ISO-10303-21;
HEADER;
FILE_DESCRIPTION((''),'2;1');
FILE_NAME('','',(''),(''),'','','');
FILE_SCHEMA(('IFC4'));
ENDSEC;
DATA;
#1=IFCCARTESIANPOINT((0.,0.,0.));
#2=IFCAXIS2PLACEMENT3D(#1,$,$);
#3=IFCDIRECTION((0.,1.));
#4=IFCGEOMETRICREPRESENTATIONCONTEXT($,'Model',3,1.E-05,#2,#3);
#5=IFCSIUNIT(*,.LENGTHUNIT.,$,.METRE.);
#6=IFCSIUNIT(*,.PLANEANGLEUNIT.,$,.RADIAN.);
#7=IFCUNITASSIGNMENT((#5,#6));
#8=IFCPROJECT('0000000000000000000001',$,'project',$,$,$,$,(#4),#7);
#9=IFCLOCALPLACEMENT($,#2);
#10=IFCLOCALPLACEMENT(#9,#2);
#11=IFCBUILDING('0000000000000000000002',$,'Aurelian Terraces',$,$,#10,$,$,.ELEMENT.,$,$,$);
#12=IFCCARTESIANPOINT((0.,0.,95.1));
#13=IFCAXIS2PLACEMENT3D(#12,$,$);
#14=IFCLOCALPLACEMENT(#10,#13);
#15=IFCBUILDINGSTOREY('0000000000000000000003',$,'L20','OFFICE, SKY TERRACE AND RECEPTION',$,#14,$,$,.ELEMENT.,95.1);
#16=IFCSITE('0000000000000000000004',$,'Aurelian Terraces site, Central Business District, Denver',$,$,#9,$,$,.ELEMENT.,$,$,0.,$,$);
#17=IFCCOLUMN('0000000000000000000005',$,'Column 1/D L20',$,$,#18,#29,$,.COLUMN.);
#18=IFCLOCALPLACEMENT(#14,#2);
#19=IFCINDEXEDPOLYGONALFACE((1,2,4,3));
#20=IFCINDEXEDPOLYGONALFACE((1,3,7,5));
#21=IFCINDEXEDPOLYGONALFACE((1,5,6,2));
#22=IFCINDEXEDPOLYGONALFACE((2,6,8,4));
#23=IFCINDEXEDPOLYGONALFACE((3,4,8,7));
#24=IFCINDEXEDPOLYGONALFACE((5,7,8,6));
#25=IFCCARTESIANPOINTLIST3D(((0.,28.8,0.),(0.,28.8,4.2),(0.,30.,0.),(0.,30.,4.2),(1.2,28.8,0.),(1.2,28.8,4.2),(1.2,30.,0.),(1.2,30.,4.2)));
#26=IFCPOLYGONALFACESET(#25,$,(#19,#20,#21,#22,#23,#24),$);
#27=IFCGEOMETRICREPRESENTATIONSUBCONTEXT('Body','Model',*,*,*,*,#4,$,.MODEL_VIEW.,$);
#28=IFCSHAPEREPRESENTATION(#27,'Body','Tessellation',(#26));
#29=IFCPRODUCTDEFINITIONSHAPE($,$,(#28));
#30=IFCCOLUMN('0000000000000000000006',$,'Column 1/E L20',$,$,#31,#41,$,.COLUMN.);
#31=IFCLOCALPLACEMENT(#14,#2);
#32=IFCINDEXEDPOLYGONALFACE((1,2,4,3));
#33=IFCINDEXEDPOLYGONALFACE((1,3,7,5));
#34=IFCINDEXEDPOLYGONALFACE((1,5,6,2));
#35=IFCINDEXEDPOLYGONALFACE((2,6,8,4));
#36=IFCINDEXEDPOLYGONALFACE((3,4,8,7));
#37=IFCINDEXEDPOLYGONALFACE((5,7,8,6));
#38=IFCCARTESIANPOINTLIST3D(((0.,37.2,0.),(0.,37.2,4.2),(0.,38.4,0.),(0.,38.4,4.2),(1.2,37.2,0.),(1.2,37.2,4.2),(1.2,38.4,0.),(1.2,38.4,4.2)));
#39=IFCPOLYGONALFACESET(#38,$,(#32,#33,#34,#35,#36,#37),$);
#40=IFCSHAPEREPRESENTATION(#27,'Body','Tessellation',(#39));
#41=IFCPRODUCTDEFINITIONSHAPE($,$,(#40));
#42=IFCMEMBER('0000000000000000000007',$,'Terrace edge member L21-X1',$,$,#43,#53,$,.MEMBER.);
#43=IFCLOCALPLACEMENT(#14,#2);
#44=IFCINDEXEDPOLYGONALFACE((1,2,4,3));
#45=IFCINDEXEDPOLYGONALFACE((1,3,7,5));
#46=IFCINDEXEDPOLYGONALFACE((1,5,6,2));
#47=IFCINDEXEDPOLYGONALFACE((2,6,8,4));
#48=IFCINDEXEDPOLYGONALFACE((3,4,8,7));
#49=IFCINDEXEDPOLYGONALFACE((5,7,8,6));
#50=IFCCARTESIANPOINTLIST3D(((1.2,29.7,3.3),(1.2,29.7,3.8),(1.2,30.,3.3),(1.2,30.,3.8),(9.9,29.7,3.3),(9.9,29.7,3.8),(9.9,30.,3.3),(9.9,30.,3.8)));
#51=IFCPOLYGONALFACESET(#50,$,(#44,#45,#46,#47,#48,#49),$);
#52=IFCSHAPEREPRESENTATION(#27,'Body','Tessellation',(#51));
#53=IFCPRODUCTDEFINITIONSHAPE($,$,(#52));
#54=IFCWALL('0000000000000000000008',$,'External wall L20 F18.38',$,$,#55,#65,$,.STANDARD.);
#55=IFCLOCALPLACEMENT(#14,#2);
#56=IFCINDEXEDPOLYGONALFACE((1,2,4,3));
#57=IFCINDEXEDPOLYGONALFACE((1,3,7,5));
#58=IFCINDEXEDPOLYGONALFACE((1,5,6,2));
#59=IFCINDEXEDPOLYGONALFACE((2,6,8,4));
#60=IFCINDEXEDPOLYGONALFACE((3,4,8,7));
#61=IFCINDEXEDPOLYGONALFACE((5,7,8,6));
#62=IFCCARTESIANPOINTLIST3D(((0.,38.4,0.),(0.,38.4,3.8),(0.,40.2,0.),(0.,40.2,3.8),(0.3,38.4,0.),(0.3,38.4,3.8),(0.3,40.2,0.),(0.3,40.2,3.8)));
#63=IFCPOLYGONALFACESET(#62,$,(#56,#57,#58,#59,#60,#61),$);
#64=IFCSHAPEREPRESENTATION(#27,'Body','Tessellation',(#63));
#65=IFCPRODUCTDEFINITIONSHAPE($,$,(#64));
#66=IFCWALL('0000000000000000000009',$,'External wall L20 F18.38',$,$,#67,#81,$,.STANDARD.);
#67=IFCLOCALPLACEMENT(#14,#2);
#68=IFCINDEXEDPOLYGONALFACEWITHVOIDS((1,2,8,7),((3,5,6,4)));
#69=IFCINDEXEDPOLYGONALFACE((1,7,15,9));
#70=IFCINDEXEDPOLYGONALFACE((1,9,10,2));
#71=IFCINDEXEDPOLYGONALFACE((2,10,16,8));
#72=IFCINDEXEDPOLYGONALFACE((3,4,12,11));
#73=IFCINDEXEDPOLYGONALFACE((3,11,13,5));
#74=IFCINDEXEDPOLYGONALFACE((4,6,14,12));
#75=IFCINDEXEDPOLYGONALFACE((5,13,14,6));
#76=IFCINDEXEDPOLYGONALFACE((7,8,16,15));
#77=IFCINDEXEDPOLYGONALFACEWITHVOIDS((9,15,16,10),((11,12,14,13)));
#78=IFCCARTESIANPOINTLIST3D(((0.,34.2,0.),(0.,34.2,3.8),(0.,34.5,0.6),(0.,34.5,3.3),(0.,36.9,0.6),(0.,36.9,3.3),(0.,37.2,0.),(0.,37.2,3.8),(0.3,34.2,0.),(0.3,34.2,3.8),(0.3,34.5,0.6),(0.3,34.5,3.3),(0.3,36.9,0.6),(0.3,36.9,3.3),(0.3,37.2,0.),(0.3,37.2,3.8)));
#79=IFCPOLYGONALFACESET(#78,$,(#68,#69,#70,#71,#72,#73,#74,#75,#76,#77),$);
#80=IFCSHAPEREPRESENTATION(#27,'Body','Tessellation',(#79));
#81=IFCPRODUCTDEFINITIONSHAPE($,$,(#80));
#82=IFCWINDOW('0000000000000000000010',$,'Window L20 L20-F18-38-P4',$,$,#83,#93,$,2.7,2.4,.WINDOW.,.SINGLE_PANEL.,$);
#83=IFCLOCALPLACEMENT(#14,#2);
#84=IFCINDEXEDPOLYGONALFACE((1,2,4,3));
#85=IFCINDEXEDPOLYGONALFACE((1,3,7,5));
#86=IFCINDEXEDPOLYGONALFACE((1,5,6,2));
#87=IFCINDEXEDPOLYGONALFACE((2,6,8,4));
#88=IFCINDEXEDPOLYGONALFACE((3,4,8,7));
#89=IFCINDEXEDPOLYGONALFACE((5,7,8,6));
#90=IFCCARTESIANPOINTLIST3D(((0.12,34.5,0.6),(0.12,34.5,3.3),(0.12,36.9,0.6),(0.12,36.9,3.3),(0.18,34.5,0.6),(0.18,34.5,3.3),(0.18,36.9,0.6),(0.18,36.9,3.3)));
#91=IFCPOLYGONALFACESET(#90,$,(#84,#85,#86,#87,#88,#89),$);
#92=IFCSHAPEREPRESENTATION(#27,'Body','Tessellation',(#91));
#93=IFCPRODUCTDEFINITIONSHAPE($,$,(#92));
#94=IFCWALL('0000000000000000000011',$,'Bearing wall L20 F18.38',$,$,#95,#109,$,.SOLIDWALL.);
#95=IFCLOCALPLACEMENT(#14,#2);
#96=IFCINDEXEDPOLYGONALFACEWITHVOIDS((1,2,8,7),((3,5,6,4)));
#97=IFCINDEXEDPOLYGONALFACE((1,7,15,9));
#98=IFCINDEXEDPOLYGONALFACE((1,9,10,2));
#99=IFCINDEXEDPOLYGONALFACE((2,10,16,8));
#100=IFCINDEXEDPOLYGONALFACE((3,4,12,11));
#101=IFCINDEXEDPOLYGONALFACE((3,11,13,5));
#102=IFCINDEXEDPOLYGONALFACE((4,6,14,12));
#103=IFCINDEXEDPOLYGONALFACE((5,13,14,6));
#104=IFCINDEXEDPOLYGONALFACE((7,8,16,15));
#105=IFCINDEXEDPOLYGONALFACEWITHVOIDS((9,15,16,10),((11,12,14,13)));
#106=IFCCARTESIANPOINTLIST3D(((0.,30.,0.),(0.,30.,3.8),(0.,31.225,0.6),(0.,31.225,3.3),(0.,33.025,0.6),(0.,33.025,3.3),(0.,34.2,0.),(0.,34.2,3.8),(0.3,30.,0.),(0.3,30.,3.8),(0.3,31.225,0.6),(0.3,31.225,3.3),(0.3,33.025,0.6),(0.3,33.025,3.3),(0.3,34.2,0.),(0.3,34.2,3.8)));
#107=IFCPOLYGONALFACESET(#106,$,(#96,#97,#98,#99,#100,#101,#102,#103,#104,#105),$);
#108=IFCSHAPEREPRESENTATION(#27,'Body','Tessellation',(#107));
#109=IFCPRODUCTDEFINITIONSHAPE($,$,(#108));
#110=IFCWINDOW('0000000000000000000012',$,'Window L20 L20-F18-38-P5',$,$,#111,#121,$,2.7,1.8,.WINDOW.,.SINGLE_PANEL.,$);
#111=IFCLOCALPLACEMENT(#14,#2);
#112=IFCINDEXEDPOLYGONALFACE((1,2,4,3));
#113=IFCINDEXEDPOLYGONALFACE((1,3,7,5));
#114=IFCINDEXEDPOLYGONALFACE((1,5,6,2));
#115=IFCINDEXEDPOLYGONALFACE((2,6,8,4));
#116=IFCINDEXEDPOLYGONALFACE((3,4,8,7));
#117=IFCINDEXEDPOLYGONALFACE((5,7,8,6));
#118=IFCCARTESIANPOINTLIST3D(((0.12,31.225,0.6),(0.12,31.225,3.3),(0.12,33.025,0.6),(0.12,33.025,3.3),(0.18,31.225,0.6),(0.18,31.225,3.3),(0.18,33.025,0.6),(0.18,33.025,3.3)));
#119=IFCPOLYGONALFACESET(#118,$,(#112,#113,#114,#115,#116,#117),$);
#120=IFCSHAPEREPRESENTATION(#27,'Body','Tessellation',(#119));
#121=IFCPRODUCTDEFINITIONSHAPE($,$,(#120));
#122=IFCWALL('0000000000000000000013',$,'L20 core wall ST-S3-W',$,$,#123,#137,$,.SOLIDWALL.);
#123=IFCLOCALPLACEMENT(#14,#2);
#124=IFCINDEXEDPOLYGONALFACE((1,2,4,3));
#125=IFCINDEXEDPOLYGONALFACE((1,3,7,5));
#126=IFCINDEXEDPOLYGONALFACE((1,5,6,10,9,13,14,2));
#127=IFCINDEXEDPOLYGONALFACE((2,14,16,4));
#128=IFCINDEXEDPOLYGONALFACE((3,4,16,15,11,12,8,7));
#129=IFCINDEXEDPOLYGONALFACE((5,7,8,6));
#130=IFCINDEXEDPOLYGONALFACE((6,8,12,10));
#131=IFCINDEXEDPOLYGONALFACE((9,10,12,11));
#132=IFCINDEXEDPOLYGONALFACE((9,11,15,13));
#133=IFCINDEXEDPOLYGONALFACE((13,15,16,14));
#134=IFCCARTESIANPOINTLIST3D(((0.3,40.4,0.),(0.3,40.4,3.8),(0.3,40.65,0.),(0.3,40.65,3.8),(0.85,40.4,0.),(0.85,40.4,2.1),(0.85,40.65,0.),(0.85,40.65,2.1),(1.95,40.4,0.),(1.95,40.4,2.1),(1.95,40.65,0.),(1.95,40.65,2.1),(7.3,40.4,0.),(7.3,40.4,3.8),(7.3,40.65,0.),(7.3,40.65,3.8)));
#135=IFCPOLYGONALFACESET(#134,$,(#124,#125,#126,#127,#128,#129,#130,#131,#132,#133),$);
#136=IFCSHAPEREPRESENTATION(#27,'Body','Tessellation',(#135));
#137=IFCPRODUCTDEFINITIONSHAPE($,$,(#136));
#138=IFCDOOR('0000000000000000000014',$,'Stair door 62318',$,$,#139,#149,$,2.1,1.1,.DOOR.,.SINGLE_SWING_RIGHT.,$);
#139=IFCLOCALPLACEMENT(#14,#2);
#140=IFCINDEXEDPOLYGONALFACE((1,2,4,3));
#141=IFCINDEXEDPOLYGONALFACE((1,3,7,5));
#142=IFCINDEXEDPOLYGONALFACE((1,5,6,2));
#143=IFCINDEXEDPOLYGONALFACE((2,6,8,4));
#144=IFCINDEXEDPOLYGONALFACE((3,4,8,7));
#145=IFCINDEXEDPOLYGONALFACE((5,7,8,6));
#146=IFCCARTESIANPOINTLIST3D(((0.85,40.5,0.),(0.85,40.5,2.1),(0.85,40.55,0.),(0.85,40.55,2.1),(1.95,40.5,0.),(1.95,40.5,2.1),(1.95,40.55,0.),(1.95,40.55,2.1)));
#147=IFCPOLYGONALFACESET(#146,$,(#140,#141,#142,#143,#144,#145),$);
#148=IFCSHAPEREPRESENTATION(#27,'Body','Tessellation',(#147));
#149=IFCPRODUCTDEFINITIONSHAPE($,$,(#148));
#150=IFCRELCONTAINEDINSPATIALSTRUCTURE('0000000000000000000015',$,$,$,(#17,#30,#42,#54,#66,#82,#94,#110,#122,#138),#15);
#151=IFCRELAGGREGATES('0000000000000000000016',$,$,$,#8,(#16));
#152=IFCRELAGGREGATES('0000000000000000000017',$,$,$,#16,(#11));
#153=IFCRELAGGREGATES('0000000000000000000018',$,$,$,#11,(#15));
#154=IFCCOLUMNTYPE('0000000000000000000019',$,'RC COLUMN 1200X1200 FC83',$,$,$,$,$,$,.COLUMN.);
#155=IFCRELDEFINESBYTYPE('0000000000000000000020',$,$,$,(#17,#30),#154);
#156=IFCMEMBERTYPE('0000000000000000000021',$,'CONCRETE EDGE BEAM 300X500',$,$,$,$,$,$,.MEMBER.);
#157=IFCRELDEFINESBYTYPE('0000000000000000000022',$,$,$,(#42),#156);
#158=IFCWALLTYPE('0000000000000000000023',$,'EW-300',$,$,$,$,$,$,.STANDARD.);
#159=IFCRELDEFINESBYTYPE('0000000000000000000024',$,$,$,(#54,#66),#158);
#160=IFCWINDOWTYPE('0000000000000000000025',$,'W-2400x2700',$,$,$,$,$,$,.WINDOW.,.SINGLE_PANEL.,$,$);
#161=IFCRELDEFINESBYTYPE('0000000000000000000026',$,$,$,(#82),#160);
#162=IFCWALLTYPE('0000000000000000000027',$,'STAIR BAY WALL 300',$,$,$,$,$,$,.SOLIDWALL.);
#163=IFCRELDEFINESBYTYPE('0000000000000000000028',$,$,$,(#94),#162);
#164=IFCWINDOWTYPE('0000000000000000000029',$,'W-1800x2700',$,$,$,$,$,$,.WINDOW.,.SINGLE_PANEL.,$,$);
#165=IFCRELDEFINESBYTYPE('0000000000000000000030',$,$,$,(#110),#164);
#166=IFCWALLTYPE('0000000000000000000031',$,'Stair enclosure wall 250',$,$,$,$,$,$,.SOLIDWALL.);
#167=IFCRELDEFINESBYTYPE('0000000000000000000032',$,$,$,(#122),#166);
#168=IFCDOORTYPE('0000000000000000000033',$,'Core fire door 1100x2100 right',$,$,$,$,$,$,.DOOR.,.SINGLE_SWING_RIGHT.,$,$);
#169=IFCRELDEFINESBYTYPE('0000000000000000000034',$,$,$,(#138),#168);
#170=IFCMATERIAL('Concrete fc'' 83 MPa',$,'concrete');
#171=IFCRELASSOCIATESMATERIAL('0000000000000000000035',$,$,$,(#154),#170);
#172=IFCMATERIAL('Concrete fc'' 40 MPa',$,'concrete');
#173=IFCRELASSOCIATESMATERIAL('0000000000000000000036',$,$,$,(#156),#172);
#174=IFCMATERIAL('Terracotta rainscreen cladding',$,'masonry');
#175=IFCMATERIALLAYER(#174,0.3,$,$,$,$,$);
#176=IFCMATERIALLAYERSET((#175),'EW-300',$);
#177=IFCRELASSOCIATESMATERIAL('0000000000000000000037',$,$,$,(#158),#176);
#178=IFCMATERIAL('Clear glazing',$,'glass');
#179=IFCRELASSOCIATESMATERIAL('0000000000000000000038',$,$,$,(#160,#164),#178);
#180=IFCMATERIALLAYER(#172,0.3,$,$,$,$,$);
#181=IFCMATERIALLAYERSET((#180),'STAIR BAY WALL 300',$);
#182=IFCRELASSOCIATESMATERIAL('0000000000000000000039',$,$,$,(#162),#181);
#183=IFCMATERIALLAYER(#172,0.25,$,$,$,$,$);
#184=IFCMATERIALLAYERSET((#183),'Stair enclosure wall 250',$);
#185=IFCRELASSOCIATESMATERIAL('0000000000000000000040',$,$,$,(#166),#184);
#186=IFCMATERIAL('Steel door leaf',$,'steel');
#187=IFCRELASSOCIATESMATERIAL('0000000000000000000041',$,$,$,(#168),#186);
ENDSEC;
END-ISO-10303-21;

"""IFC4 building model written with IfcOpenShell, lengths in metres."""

from ifc_helpers import new_model, si_unit, direction, frame, frame_2d, origin, origin_2d, place, context, subcontext, project, spatial, rectangle, extrude, source, transform, mapped, material, layer, layer_set, material_profile, profile_set, type_object, element, fill, save


model = new_model("IFC4")

# Units and contexts
model_context = context("Model", 3, precision=1e-05, world=origin(), true_north=direction((0.0, 1.0)))
body_context = subcontext(model_context, "Body", "Model", "MODEL_VIEW")
ifc_project = project(units=[si_unit("LENGTHUNIT", "METRE"), si_unit("PLANEANGLEUNIT", "RADIAN")], contexts=[model_context])

# Site, building, storey
site_placement = place(None, origin())
site = spatial("IfcSite", under=ifc_project, at=site_placement, Name="Aurelian Terraces site, Central Business District, Denver", CompositionType="ELEMENT", RefElevation=0.0)
building_placement = place(site_placement, origin())
building = spatial("IfcBuilding", under=site, at=building_placement, Name="Aurelian Terraces", CompositionType="ELEMENT")
storey_placement = place(building_placement, frame((0.0, 0.0, 95.1)))
storey = spatial("IfcBuildingStorey", under=building, at=storey_placement, Name="L20", Description="OFFICE, SKY TERRACE AND RECEPTION", CompositionType="ELEMENT", Elevation=95.1)

# Columns
ifc_material_1 = material(Name="Concrete fc' 83 MPa", Category="concrete")
ifc_material_profile_1 = material_profile(ifc_material_1, rectangle(XDim=1.2, YDim=1.2, at=origin_2d()))
ifc_profile_set_1 = profile_set([ifc_material_profile_1], Name="Concrete fc' 83 MPa")
column_type = type_object("IfcColumnType", Name="RC COLUMN 1200X1200 FC83", PredefinedType="COLUMN", material=ifc_profile_set_1)
shared_shape_1 = source(origin(), body_context, "Body", "SweptSolid", [
    extrude(rectangle(XDim=1.2, YDim=1.2, at=origin_2d()), origin(), (0.0, 0.0, 1.0), 4.2),
])
for number, where, z_axis, x_axis, name in (
    (1, (0.6, 29.4, 0.0), (0.0, 0.0, 1.0), (1.0, 0.0, 0.0), "Column 1/D L20"),
    (2, (0.6, 37.8, 0.0), (0.0, 0.0, 1.0), (1.0, 0.0, 0.0), "Column 1/E L20"),
):
    element("IfcColumn", number, at=place(storey_placement, frame(where, z_axis=z_axis, x_axis=x_axis)), inside=storey, type_object=column_type, Name=name, PredefinedType="COLUMN", context=body_context, shape_type="MappedRepresentation", body=[
        mapped(shared_shape_1, transform((0.0, 0.0, 0.0), scale=1.0)),
    ])

# Member
ifc_material_2 = material(Name="Concrete fc' 40 MPa", Category="concrete")
ifc_material_profile_2 = material_profile(ifc_material_2, rectangle(XDim=0.3, YDim=0.5, at=origin_2d()))
ifc_profile_set_2 = profile_set([ifc_material_profile_2], Name="Concrete fc' 40 MPa")
member_type = type_object("IfcMemberType", Name="CONCRETE EDGE BEAM 300X500", PredefinedType="MEMBER", material=ifc_profile_set_2)
shared_shape_2 = source(origin(), body_context, "Body", "SweptSolid", [
    extrude(rectangle(XDim=0.3, YDim=0.5, at=origin_2d()), origin(), (0.0, 0.0, 1.0), 8.7),
])
member_placement = place(storey_placement, frame((1.2, 29.85, 3.55), z_axis=(1.0, 0.0, 0.0), x_axis=(0.0, 1.0, 0.0)))
element("IfcMember", 3, at=member_placement, inside=storey, type_object=member_type, Name="Terrace edge member L21-X1", PredefinedType="MEMBER", context=body_context, shape_type="MappedRepresentation", body=[
    mapped(shared_shape_2, transform((0.0, 0.0, 0.0), scale=1.0)),
])

# Wall
ifc_material_3 = material(Name="Terracotta rainscreen cladding", Category="masonry")
ifc_layer_1 = layer(ifc_material_3, 0.3)
ifc_layer_set_1 = layer_set([ifc_layer_1], Name="EW-300")
wall_type_1 = type_object("IfcWallType", Name="EW-300", PredefinedType="STANDARD", material=ifc_layer_set_1)
shared_shape_3 = source(origin(), body_context, "Body", "SweptSolid", [
    extrude(rectangle(XDim=1.8, YDim=0.3, at=frame_2d((0.9, 0.0))), origin(), (0.0, 0.0, 1.0), 3.8),
])
wall_1_placement = place(storey_placement, frame((0.15, 40.2, 0.0), z_axis=(0.0, 0.0, 1.0), x_axis=(0.0, -1.0, 0.0)))
element("IfcWall", 4, at=wall_1_placement, inside=storey, type_object=wall_type_1, Name="External wall L20 F18.38", PredefinedType="STANDARD", context=body_context, shape_type="MappedRepresentation", body=[
    mapped(shared_shape_3, transform((0.0, 0.0, 0.0), scale=1.0)),
])

# Walls, openings, windows
shared_shape_4 = source(origin(), body_context, "Body", "SweptSolid", [
    extrude(rectangle(XDim=3.0, YDim=0.3, at=frame_2d((1.5, 0.0))), origin(), (0.0, 0.0, 1.0), 3.8),
])
wall_2_placement = place(storey_placement, frame((0.15, 37.2, 0.0), z_axis=(0.0, 0.0, 1.0), x_axis=(0.0, -1.0, 0.0)))
wall_2 = element("IfcWall", 5, at=wall_2_placement, inside=storey, type_object=wall_type_1, Name="External wall L20 F18.38", PredefinedType="STANDARD", context=body_context, shape_type="MappedRepresentation", body=[
    mapped(shared_shape_4, transform((0.0, 0.0, 0.0), scale=1.0)),
])
shared_shape_5 = source(origin(), body_context, "Body", "SweptSolid", [
    extrude(rectangle(XDim=2.4, YDim=2.7, at=frame_2d((1.2, 1.35))), frame((0.0, 0.16, 0.0), z_axis=(0.0, -1.0, 0.0), x_axis=(1.0, 0.0, 0.0)), (0.0, 0.0, 1.0), 0.32),
])
opening_1_placement = place(wall_2_placement, frame((0.3, 0.0, 0.6)))
opening_1 = element("IfcOpeningElement", 6, at=opening_1_placement, cuts=wall_2, PredefinedType="OPENING", context=body_context, shape_type="MappedRepresentation", body=[
    mapped(shared_shape_5, transform((0.0, 0.0, 0.0), scale=1.0)),
])
ifc_material_4 = material(Name="Clear glazing", Category="glass")
window_type_1 = type_object("IfcWindowType", Name="W-2400x2700", PartitioningType="SINGLE_PANEL", PredefinedType="WINDOW", material=ifc_material_4)
shared_shape_6 = source(origin(), body_context, "Body", "SweptSolid", [
    extrude(rectangle(XDim=2.4, YDim=2.7, at=frame_2d((1.2, 1.35))), frame((0.0, 0.03, 0.0), z_axis=(0.0, -1.0, 0.0), x_axis=(1.0, 0.0, 0.0)), (0.0, 0.0, 1.0), 0.06),
])
window_1_placement = place(opening_1_placement, origin())
window_1 = element("IfcWindow", 7, at=window_1_placement, inside=storey, type_object=window_type_1, Name="Window L20 L20-F18-38-P4", OverallHeight=2.7, OverallWidth=2.4, PartitioningType="SINGLE_PANEL", PredefinedType="WINDOW", context=body_context, shape_type="MappedRepresentation", body=[
    mapped(shared_shape_6, transform((0.0, 0.0, 0.0), scale=1.0)),
])
fill(opening_1, window_1)
ifc_layer_2 = layer(ifc_material_2, 0.3)
ifc_layer_set_2 = layer_set([ifc_layer_2], Name="STAIR BAY WALL 300")
wall_type_2 = type_object("IfcWallType", Name="STAIR BAY WALL 300", PredefinedType="SOLIDWALL", material=ifc_layer_set_2)
shared_shape_7 = source(origin(), body_context, "Body", "SweptSolid", [
    extrude(rectangle(XDim=4.2, YDim=0.3, at=frame_2d((2.1, 0.0))), origin(), (0.0, 0.0, 1.0), 3.8),
])
wall_3_placement = place(storey_placement, frame((0.15, 34.2, 0.0), z_axis=(0.0, 0.0, 1.0), x_axis=(0.0, -1.0, 0.0)))
wall_3 = element("IfcWall", 8, at=wall_3_placement, inside=storey, type_object=wall_type_2, Name="Bearing wall L20 F18.38", PredefinedType="SOLIDWALL", context=body_context, shape_type="MappedRepresentation", body=[
    mapped(shared_shape_7, transform((0.0, 0.0, 0.0), scale=1.0)),
])
shared_shape_8 = source(origin(), body_context, "Body", "SweptSolid", [
    extrude(rectangle(XDim=1.8, YDim=2.7, at=frame_2d((0.9, 1.35))), frame((0.0, 0.16, 0.0), z_axis=(0.0, -1.0, 0.0), x_axis=(1.0, 0.0, 0.0)), (0.0, 0.0, 1.0), 0.32),
])
opening_2_placement = place(wall_3_placement, frame((1.175, 0.0, 0.6)))
opening_2 = element("IfcOpeningElement", 9, at=opening_2_placement, cuts=wall_3, PredefinedType="OPENING", context=body_context, shape_type="MappedRepresentation", body=[
    mapped(shared_shape_8, transform((0.0, 0.0, 0.0), scale=1.0)),
])
window_type_2 = type_object("IfcWindowType", Name="W-1800x2700", PartitioningType="SINGLE_PANEL", PredefinedType="WINDOW", material=ifc_material_4)
shared_shape_9 = source(origin(), body_context, "Body", "SweptSolid", [
    extrude(rectangle(XDim=1.8, YDim=2.7, at=frame_2d((0.9, 1.35))), frame((0.0, 0.03, 0.0), z_axis=(0.0, -1.0, 0.0), x_axis=(1.0, 0.0, 0.0)), (0.0, 0.0, 1.0), 0.06),
])
window_2_placement = place(opening_2_placement, origin())
window_2 = element("IfcWindow", 10, at=window_2_placement, inside=storey, type_object=window_type_2, Name="Window L20 L20-F18-38-P5", OverallHeight=2.7, OverallWidth=1.8, PartitioningType="SINGLE_PANEL", PredefinedType="WINDOW", context=body_context, shape_type="MappedRepresentation", body=[
    mapped(shared_shape_9, transform((0.0, 0.0, 0.0), scale=1.0)),
])
fill(opening_2, window_2)

# Wall, opening, door
ifc_layer_3 = layer(ifc_material_2, 0.25)
ifc_layer_set_3 = layer_set([ifc_layer_3], Name="Stair enclosure wall 250")
wall_type_3 = type_object("IfcWallType", Name="Stair enclosure wall 250", PredefinedType="SOLIDWALL", material=ifc_layer_set_3)
shared_shape_10 = source(origin(), body_context, "Body", "SweptSolid", [
    extrude(rectangle(XDim=7.0, YDim=0.25, at=frame_2d((3.5, 0.0))), origin(), (0.0, 0.0, 1.0), 3.8),
])
wall_4_placement = place(storey_placement, frame((0.3, 40.525, 0.0), z_axis=(0.0, 0.0, 1.0), x_axis=(1.0, 0.0, 0.0)))
wall_4 = element("IfcWall", 11, at=wall_4_placement, inside=storey, type_object=wall_type_3, Name="L20 core wall ST-S3-W", PredefinedType="SOLIDWALL", context=body_context, shape_type="MappedRepresentation", body=[
    mapped(shared_shape_10, transform((0.0, 0.0, 0.0), scale=1.0)),
])
shared_shape_11 = source(origin(), body_context, "Body", "SweptSolid", [
    extrude(rectangle(XDim=1.1, YDim=2.1, at=frame_2d((0.55, 1.05))), frame((0.0, 0.135, 0.0), z_axis=(0.0, -1.0, 0.0), x_axis=(1.0, 0.0, 0.0)), (0.0, 0.0, 1.0), 0.27),
])
opening_3_placement = place(wall_4_placement, frame((0.55, 0.0, 0.0)))
opening_3 = element("IfcOpeningElement", 12, at=opening_3_placement, cuts=wall_4, PredefinedType="OPENING", context=body_context, shape_type="MappedRepresentation", body=[
    mapped(shared_shape_11, transform((0.0, 0.0, 0.0), scale=1.0)),
])
ifc_material_5 = material(Name="Steel door leaf", Category="steel")
door_type = type_object("IfcDoorType", Name="Core fire door 1100x2100 right", OperationType="SINGLE_SWING_RIGHT", PredefinedType="DOOR", material=ifc_material_5)
shared_shape_12 = source(origin(), body_context, "Body", "SweptSolid", [
    extrude(rectangle(XDim=1.1, YDim=2.1, at=frame_2d((0.55, 1.05))), frame((0.0, 0.025, 0.0), z_axis=(0.0, -1.0, 0.0), x_axis=(1.0, 0.0, 0.0)), (0.0, 0.0, 1.0), 0.05),
])
door_placement = place(opening_3_placement, origin())
door = element("IfcDoor", 13, at=door_placement, inside=storey, type_object=door_type, Name="Stair door 62318", OperationType="SINGLE_SWING_RIGHT", OverallHeight=2.1, OverallWidth=1.1, PredefinedType="DOOR", context=body_context, shape_type="MappedRepresentation", body=[
    mapped(shared_shape_12, transform((0.0, 0.0, 0.0), scale=1.0)),
])
fill(opening_3, door)

save(model, "model.ifc")
